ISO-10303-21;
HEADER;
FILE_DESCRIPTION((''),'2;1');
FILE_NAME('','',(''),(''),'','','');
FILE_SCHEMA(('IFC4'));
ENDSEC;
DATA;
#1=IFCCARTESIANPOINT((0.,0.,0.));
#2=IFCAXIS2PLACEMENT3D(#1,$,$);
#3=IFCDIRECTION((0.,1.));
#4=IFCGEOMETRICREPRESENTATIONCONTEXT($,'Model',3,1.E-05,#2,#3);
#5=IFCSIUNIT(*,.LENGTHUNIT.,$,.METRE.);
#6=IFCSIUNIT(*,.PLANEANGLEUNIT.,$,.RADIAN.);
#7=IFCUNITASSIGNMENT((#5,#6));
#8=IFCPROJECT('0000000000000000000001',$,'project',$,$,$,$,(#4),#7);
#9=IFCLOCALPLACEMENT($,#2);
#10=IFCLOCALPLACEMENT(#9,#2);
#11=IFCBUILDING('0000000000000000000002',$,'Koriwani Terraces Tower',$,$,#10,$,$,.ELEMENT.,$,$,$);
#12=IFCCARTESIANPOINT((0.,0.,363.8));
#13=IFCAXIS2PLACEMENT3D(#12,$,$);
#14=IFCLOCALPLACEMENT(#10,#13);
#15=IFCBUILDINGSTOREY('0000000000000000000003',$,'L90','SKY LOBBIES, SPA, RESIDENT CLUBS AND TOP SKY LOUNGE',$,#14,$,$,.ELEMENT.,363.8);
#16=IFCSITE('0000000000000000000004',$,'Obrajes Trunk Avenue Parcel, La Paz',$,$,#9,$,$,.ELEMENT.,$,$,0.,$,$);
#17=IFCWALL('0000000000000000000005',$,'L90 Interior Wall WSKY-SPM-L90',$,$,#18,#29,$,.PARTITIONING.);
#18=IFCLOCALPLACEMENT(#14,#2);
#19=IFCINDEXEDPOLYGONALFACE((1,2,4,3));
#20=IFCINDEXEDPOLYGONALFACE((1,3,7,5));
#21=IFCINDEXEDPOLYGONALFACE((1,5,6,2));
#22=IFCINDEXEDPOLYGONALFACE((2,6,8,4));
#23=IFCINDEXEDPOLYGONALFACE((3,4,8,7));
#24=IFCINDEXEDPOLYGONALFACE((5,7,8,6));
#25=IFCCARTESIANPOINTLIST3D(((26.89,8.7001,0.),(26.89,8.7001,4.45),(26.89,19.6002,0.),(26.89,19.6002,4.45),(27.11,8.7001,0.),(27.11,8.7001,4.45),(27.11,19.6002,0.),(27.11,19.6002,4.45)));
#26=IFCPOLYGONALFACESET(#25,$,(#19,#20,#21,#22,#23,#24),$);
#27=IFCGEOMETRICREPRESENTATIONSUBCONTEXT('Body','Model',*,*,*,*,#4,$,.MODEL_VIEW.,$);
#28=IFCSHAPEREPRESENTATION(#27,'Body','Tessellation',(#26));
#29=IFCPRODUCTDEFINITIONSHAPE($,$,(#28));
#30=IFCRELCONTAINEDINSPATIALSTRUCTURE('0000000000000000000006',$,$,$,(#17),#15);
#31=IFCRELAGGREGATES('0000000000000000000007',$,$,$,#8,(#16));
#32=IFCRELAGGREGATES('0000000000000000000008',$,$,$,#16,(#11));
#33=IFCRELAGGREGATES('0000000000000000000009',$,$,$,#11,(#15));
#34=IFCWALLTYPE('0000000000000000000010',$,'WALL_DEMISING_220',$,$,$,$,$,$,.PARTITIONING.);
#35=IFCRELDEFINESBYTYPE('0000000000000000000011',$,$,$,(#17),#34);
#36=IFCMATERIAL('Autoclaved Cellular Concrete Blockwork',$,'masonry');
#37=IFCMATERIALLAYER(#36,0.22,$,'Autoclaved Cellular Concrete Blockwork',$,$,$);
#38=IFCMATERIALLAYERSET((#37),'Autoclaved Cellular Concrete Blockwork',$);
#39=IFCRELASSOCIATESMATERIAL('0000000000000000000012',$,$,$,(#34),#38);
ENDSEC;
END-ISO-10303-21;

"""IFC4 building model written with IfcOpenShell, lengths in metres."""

from ifc_helpers import new_model, si_unit, direction, frame, frame_2d, origin, place, context, subcontext, project, spatial, rectangle, extrude, material, layer, layer_set, type_object, element, save


model = new_model("IFC4")

# Units and contexts
model_context = context("Model", 3, precision=1e-05, world=origin(), true_north=direction((0.0, 1.0)))
body_context = subcontext(model_context, "Body", "Model", "MODEL_VIEW")
ifc_project = project(units=[si_unit("LENGTHUNIT", "METRE"), si_unit("PLANEANGLEUNIT", "RADIAN")], contexts=[model_context])

# Site, building, storey
site_placement = place(None, origin())
site = spatial("IfcSite", under=ifc_project, at=site_placement, Name="Obrajes Trunk Avenue Parcel, La Paz", CompositionType="ELEMENT", RefElevation=0.0)
building_placement = place(site_placement, origin())
building = spatial("IfcBuilding", under=site, at=building_placement, Name="Koriwani Terraces Tower", CompositionType="ELEMENT")
storey_placement = place(building_placement, frame((0.0, 0.0, 363.8)))
storey = spatial("IfcBuildingStorey", under=building, at=storey_placement, Name="L90", Description="SKY LOBBIES, SPA, RESIDENT CLUBS AND TOP SKY LOUNGE", CompositionType="ELEMENT", Elevation=363.8)

# Shared definitions
ifc_material_1 = material(Name="Autoclaved Cellular Concrete Blockwork", Category="masonry")

# Wall
ifc_layer_1 = layer(ifc_material_1, 0.22, Name="Autoclaved Cellular Concrete Blockwork")
ifc_layer_set_1 = layer_set([ifc_layer_1], Name="Autoclaved Cellular Concrete Blockwork")
wall_type_1 = type_object("IfcWallType", Name="WALL_DEMISING_220", PredefinedType="PARTITIONING", material=ifc_layer_set_1)
wall_1_placement = place(storey_placement, frame((27.0, 8.7, 0.0), z_axis=(0.0, 0.0, 1.0), x_axis=(0.0, 1.0, 0.0)))
element("IfcWall", 1, at=wall_1_placement, inside=storey, type_object=wall_type_1, Name="L90 Interior Wall WSKY-SPM-L90", PredefinedType="PARTITIONING", context=body_context, shape_type="SweptSolid", body=[
    extrude(rectangle(XDim=10.9001, YDim=0.22, at=frame_2d((5.4502, 0.0))), origin(), (0.0, 0.0, 1.0), 4.45),
])

save(model, "model.ifc")
